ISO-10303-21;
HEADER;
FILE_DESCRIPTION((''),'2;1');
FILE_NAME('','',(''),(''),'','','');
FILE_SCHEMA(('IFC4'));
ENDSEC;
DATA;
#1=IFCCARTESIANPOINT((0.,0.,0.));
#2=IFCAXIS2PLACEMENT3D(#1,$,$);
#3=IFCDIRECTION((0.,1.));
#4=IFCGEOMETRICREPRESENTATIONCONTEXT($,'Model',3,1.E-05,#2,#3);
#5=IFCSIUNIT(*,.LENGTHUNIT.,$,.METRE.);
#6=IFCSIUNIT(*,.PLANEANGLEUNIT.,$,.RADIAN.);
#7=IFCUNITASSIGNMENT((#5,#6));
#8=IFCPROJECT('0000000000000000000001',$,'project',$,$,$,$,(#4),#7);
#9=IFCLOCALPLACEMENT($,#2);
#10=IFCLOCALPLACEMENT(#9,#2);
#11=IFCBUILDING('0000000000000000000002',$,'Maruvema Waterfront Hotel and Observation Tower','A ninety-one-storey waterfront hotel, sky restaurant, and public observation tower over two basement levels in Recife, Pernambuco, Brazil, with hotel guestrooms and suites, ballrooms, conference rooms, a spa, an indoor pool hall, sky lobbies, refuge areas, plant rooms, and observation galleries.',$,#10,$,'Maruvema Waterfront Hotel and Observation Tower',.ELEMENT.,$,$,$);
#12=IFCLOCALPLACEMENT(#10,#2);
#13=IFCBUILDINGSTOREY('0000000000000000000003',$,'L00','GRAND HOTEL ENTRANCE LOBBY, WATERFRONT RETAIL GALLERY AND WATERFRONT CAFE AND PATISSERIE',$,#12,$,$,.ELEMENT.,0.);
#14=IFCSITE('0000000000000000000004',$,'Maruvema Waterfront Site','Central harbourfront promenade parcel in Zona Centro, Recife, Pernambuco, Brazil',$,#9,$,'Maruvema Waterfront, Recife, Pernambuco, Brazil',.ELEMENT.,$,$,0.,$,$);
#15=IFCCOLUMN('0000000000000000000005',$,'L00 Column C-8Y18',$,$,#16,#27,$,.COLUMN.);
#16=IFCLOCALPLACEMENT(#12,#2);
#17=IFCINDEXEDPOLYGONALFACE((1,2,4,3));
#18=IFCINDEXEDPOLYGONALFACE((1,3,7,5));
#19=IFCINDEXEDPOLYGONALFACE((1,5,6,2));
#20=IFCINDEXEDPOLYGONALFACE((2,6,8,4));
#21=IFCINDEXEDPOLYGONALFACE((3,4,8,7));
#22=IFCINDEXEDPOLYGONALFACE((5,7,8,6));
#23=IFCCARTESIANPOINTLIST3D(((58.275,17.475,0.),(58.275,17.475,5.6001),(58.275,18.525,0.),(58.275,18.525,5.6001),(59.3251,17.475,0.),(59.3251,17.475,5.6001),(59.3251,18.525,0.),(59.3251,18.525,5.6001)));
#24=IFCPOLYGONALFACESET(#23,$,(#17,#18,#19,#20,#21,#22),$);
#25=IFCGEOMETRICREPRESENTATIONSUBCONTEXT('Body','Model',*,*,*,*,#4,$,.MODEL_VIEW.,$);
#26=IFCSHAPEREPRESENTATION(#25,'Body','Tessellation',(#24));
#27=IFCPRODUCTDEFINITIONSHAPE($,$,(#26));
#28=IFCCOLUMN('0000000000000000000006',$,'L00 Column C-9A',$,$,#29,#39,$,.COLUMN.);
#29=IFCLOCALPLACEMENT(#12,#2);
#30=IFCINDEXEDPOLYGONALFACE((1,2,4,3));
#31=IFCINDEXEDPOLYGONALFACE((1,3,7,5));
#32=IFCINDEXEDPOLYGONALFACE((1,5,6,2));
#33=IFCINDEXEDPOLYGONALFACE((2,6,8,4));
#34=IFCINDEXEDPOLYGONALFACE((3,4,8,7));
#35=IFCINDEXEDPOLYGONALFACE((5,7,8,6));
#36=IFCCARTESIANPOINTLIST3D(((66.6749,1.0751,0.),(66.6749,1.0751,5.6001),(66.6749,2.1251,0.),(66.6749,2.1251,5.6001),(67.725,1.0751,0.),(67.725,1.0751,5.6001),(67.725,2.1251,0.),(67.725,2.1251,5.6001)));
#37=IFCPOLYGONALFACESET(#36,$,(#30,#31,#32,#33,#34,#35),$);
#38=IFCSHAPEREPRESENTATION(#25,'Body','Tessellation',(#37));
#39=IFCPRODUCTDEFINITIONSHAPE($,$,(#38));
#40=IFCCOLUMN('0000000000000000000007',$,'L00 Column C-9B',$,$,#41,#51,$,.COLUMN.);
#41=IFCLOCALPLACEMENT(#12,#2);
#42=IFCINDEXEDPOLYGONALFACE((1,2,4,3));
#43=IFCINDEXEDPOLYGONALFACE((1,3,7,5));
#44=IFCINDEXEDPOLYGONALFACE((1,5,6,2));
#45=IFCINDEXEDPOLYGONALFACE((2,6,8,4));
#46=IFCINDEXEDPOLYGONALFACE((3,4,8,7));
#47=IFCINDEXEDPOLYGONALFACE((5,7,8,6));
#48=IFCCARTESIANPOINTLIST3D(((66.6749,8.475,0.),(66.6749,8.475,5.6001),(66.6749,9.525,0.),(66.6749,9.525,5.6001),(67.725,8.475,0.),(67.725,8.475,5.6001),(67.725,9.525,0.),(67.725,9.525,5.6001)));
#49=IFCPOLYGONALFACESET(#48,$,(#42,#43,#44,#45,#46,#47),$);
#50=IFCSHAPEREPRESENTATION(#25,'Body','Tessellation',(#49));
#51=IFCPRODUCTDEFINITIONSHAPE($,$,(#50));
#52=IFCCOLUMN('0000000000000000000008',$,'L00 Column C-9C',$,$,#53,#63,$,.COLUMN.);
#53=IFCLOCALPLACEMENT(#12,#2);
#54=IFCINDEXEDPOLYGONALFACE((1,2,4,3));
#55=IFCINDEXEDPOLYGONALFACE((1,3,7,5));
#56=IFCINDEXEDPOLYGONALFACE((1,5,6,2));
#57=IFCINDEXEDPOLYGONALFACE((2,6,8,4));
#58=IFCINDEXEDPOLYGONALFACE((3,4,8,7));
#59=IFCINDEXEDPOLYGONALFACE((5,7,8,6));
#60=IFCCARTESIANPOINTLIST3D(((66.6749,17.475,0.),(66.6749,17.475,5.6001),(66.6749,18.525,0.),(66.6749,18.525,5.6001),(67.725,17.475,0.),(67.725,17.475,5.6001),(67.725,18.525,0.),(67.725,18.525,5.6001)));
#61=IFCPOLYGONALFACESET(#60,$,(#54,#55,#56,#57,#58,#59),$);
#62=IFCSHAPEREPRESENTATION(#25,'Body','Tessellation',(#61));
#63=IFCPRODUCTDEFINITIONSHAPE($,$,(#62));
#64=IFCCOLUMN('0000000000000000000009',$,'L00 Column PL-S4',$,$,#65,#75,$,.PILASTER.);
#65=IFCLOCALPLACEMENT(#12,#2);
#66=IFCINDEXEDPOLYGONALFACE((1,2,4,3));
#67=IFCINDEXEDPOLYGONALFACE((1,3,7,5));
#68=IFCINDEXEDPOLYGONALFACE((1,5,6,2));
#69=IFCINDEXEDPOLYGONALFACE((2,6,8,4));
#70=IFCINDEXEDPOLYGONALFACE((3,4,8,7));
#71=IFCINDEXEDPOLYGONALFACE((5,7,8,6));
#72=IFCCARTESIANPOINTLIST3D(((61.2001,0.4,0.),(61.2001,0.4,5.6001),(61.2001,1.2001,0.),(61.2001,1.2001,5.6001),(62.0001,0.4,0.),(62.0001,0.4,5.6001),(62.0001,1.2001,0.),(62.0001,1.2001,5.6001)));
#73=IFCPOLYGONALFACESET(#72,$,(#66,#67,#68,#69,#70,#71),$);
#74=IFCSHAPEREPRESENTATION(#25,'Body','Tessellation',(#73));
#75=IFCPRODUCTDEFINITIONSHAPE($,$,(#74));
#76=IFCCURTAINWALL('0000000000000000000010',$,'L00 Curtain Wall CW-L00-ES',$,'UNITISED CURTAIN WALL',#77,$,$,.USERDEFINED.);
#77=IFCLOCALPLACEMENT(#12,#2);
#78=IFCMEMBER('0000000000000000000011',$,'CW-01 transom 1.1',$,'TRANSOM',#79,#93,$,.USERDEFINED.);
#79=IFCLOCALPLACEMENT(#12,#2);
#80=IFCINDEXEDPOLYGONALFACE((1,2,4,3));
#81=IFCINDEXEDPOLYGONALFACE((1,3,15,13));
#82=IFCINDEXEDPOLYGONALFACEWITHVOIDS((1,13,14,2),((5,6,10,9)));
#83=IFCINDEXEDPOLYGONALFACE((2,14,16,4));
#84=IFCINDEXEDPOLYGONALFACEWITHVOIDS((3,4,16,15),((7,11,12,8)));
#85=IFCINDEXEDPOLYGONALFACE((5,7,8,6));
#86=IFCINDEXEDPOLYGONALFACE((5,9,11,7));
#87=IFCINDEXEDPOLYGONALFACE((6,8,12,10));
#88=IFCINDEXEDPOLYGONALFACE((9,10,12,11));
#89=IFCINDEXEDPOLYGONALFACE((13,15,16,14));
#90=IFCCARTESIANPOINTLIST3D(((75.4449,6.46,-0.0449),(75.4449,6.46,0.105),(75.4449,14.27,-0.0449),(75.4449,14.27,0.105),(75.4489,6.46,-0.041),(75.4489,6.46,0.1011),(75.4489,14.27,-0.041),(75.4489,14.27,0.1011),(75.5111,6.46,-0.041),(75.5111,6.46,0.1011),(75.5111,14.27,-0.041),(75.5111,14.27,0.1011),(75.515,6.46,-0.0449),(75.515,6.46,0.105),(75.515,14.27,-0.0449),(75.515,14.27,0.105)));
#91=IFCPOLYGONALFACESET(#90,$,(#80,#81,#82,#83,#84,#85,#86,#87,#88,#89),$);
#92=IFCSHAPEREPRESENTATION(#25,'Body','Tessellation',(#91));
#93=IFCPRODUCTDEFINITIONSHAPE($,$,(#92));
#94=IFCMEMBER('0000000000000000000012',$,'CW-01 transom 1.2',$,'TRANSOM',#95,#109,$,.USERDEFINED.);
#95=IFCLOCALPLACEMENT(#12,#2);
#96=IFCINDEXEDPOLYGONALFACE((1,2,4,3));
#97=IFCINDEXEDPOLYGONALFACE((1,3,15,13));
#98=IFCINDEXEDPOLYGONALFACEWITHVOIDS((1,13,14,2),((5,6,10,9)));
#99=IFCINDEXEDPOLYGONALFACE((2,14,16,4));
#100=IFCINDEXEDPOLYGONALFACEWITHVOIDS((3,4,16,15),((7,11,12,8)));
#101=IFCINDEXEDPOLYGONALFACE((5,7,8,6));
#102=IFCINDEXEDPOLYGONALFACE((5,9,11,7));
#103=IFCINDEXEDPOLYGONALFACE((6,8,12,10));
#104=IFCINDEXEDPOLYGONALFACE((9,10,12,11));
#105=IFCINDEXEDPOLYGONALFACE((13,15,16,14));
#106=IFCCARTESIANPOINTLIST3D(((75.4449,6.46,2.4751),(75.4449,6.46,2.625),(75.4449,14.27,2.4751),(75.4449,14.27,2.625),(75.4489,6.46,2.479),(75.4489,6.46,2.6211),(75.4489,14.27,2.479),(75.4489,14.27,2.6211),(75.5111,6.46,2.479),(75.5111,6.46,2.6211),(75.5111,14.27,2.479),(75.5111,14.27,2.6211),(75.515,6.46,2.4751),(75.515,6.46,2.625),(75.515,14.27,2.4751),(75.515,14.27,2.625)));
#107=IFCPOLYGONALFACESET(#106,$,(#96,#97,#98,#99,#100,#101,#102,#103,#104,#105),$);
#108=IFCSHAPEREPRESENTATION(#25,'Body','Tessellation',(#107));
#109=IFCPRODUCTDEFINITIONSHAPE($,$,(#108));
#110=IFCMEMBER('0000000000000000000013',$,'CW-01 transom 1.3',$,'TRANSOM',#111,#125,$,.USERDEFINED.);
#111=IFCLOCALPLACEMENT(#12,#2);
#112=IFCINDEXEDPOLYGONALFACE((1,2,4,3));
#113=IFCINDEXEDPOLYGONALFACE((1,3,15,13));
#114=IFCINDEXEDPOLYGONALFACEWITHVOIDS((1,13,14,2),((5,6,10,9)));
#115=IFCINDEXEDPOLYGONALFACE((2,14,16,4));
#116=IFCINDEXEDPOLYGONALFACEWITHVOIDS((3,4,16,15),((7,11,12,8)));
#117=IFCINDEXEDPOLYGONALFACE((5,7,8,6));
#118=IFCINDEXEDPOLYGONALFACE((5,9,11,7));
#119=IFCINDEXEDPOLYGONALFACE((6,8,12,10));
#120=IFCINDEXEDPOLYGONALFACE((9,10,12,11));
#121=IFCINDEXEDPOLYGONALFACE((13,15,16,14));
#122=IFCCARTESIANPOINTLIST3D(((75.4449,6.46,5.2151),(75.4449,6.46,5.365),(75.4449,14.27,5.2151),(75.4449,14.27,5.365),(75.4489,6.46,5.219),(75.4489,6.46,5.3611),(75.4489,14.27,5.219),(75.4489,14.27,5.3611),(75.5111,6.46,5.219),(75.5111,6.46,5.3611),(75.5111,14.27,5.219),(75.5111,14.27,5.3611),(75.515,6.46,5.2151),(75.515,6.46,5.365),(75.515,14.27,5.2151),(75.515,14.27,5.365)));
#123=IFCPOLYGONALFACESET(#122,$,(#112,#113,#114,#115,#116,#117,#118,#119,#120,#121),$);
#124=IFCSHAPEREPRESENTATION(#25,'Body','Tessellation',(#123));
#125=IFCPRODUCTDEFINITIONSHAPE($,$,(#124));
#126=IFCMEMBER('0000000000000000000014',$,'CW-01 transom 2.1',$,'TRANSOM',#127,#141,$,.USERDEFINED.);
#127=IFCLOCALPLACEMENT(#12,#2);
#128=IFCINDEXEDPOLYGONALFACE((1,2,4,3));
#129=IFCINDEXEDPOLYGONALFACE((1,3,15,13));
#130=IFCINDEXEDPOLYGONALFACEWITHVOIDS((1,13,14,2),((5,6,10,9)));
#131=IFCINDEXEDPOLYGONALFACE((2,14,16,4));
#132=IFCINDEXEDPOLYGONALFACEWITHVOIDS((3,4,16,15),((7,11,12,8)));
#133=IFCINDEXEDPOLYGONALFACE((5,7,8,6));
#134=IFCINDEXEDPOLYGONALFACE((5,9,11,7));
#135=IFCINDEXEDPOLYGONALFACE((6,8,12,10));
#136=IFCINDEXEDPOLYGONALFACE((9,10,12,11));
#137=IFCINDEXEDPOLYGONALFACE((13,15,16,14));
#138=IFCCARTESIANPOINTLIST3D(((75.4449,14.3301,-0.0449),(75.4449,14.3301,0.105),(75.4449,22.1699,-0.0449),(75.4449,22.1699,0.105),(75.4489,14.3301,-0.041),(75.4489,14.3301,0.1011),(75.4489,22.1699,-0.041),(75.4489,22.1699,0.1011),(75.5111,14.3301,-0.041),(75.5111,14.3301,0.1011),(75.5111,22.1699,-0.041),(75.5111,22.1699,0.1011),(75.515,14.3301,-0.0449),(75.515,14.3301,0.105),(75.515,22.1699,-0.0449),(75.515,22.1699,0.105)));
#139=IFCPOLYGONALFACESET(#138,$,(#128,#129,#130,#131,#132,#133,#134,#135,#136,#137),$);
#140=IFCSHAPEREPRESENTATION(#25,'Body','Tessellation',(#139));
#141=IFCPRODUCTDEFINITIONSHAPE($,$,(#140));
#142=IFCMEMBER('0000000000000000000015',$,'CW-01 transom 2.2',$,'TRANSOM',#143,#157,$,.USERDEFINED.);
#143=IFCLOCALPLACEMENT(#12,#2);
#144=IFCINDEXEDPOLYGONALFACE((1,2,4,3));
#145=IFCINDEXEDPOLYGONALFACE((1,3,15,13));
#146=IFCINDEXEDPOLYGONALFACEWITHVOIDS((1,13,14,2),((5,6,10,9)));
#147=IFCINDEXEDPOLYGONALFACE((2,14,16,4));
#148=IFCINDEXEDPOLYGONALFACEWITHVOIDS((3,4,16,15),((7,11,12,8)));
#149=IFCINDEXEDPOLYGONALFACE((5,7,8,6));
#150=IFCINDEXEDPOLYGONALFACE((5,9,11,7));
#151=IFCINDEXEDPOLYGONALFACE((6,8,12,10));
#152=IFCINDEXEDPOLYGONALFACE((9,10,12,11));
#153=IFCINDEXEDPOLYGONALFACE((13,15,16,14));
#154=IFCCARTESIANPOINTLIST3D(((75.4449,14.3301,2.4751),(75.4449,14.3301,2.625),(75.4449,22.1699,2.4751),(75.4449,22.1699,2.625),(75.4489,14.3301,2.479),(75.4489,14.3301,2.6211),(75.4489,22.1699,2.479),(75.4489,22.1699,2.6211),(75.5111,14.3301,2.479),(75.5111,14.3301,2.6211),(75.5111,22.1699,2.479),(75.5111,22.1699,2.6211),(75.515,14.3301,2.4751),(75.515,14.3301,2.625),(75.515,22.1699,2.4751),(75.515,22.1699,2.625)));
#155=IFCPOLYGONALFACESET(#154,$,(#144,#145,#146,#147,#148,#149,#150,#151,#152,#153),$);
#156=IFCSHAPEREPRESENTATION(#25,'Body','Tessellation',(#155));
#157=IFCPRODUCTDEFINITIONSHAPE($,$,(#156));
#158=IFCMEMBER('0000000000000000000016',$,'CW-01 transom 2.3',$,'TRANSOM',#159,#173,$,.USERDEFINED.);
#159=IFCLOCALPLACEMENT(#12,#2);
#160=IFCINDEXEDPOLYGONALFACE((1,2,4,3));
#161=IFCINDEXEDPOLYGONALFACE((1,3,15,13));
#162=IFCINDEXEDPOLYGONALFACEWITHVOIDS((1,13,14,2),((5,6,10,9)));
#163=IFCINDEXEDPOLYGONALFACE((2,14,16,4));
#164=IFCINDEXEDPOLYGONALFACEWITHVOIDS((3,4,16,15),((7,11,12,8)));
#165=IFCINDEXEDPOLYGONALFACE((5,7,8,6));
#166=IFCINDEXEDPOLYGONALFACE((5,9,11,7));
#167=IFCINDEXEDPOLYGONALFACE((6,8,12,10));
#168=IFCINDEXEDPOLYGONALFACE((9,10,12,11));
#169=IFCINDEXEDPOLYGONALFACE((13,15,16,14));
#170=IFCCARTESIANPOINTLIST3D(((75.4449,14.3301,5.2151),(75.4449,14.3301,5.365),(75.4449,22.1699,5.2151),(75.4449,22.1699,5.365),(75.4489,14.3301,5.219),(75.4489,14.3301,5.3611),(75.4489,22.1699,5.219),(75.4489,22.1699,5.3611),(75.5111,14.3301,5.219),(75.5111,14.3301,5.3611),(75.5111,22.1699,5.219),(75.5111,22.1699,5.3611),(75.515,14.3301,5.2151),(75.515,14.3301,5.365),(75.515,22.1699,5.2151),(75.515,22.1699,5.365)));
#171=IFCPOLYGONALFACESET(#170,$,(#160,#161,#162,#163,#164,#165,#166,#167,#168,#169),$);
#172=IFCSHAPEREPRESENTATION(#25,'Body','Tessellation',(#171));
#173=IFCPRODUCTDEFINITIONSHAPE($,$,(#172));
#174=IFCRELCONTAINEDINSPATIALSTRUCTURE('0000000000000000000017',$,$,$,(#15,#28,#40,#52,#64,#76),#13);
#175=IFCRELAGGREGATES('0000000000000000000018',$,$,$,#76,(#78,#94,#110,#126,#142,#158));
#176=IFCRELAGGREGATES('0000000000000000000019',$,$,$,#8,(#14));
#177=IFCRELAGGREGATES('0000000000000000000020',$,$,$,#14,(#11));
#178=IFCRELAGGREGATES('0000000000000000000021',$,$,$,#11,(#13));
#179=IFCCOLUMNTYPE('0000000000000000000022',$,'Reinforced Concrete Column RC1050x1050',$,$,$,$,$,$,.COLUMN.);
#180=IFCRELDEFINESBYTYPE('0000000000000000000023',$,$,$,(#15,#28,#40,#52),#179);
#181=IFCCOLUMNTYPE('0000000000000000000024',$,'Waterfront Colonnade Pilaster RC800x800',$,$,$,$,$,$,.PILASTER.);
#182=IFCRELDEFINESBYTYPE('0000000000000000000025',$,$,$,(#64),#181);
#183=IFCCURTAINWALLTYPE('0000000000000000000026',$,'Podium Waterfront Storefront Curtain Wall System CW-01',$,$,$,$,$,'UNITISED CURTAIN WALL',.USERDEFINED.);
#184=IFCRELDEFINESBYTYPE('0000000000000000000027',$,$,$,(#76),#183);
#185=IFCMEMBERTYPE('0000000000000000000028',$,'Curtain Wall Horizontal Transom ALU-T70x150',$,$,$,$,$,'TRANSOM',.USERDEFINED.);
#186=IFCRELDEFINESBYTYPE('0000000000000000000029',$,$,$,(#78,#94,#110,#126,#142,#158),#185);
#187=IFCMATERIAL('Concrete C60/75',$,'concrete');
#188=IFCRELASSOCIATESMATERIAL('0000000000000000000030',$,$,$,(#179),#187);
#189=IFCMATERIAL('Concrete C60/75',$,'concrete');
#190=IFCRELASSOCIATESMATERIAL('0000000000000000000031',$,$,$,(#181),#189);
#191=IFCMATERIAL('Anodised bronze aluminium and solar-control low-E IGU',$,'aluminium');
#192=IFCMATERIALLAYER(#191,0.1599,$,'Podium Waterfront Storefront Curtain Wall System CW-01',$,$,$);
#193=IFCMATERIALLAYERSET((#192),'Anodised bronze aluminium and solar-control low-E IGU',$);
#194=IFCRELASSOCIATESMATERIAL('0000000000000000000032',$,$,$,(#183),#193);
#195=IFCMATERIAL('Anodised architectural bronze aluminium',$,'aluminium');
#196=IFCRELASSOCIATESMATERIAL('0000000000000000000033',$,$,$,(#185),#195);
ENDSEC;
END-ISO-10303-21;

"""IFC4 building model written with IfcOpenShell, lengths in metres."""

from ifc_helpers import new_model, si_unit, direction, frame, origin, origin_2d, place, context, subcontext, project, spatial, rectangle, hollow_rectangle, extrude, material, layer, layer_set, material_profile, profile_set, type_object, element, aggregate, save


model = new_model("IFC4")

# Units and contexts
model_context = context("Model", 3, precision=1e-05, world=origin(), true_north=direction((0.0, 1.0)))
body_context = subcontext(model_context, "Body", "Model", "MODEL_VIEW")
ifc_project = project(units=[si_unit("LENGTHUNIT", "METRE"), si_unit("PLANEANGLEUNIT", "RADIAN")], contexts=[model_context])

# Site, building, storey
site_placement = place(None, origin())
site = spatial("IfcSite", under=ifc_project, at=site_placement, Name="Maruvema Waterfront Site", Description="Central harbourfront promenade parcel in Zona Centro, Recife, Pernambuco, Brazil", LongName="Maruvema Waterfront, Recife, Pernambuco, Brazil", CompositionType="ELEMENT", RefElevation=0.0)
building_placement = place(site_placement, origin())
building = spatial("IfcBuilding", under=site, at=building_placement, Name="Maruvema Waterfront Hotel and Observation Tower", Description="A ninety-one-storey waterfront hotel, sky restaurant, and public observation tower over two basement levels in Recife, Pernambuco, Brazil, with hotel guestrooms and suites, ballrooms, conference rooms, a spa, an indoor pool hall, sky lobbies, refuge areas, plant rooms, and observation galleries.", LongName="Maruvema Waterfront Hotel and Observation Tower", CompositionType="ELEMENT")
storey_placement = place(building_placement, origin())
storey = spatial("IfcBuildingStorey", under=building, at=storey_placement, Name="L00", Description="GRAND HOTEL ENTRANCE LOBBY, WATERFRONT RETAIL GALLERY AND WATERFRONT CAFE AND PATISSERIE", CompositionType="ELEMENT", Elevation=0.0)

# Columns
ifc_material_1 = material(Name="Concrete C60/75", Category="concrete")
ifc_material_profile_1 = material_profile(ifc_material_1, rectangle(XDim=1.05, YDim=1.05, at=origin_2d()), Name="RC1050x1050")
ifc_profile_set_1 = profile_set([ifc_material_profile_1], Name="Concrete C60/75")
column_type_1 = type_object("IfcColumnType", Name="Reinforced Concrete Column RC1050x1050", PredefinedType="COLUMN", material=ifc_profile_set_1)
for number, where, z_axis, x_axis, name in (
    (1, (58.8, 18.0, 0.0), (0.0, 0.0, 1.0), (1.0, 0.0, 0.0), "L00 Column C-8Y18"),
    (2, (67.2, 1.6001, 0.0), (0.0, 0.0, 1.0), (1.0, 0.0, 0.0), "L00 Column C-9A"),
    (3, (67.2, 9.0, 0.0), (0.0, 0.0, 1.0), (1.0, 0.0, 0.0), "L00 Column C-9B"),
    (4, (67.2, 18.0, 0.0), (0.0, 0.0, 1.0), (1.0, 0.0, 0.0), "L00 Column C-9C"),
):
    element("IfcColumn", number, at=place(storey_placement, frame(where, z_axis=z_axis, x_axis=x_axis)), inside=storey, type_object=column_type_1, Name=name, PredefinedType="COLUMN", context=body_context, shape_type="SweptSolid", body=[
        extrude(rectangle(XDim=1.05, YDim=1.05, at=origin_2d()), origin(), (0.0, 0.0, 1.0), 5.6001),
    ])
ifc_material_2 = material(Name="Concrete C60/75", Category="concrete")
ifc_material_profile_2 = material_profile(ifc_material_2, rectangle(XDim=0.8, YDim=0.8, at=origin_2d()), Name="RC800x800")
ifc_profile_set_2 = profile_set([ifc_material_profile_2], Name="Concrete C60/75")
column_type_2 = type_object("IfcColumnType", Name="Waterfront Colonnade Pilaster RC800x800", PredefinedType="PILASTER", material=ifc_profile_set_2)
column_placement = place(storey_placement, frame((61.6001, 0.8, 0.0), z_axis=(0.0, 0.0, 1.0), x_axis=(1.0, 0.0, 0.0)))
element("IfcColumn", 5, at=column_placement, inside=storey, type_object=column_type_2, Name="L00 Column PL-S4", PredefinedType="PILASTER", context=body_context, shape_type="SweptSolid", body=[
    extrude(rectangle(XDim=0.8, YDim=0.8, at=origin_2d()), origin(), (0.0, 0.0, 1.0), 5.6001),
])

# Curtain wall, members
ifc_material_3 = material(Name="Anodised bronze aluminium and solar-control low-E IGU", Category="aluminium")
ifc_layer_1 = layer(ifc_material_3, 0.1599, Name="Podium Waterfront Storefront Curtain Wall System CW-01")
ifc_layer_set_1 = layer_set([ifc_layer_1], Name="Anodised bronze aluminium and solar-control low-E IGU")
curtain_wall_type = type_object("IfcCurtainWallType", Name="Podium Waterfront Storefront Curtain Wall System CW-01", ElementType="UNITISED CURTAIN WALL", PredefinedType="USERDEFINED", material=ifc_layer_set_1)
curtain_wall_placement = place(storey_placement, origin())
curtain_wall = element("IfcCurtainWall", 6, at=curtain_wall_placement, inside=storey, type_object=curtain_wall_type, Name="L00 Curtain Wall CW-L00-ES", ObjectType="UNITISED CURTAIN WALL", PredefinedType="USERDEFINED")
ifc_material_4 = material(Name="Anodised architectural bronze aluminium", Category="aluminium")
ifc_material_profile_3 = material_profile(ifc_material_4, hollow_rectangle(XDim=0.0701, YDim=0.1499, WallThickness=0.0039, at=origin_2d()), Name="ALU-T70x150")
ifc_profile_set_3 = profile_set([ifc_material_profile_3], Name="Anodised architectural bronze aluminium")
member_type_1 = type_object("IfcMemberType", Name="Curtain Wall Horizontal Transom ALU-T70x150", ElementType="TRANSOM", PredefinedType="USERDEFINED", material=ifc_profile_set_3)
member_1_placement = place(storey_placement, frame((75.48, 6.46, 0.03), z_axis=(0.0, 1.0, 0.0), x_axis=(-1.0, 0.0, 0.0)))
member_1 = element("IfcMember", 7, at=member_1_placement, type_object=member_type_1, Name="CW-01 transom 1.1", ObjectType="TRANSOM", PredefinedType="USERDEFINED", context=body_context, shape_type="SweptSolid", body=[
    extrude(hollow_rectangle(XDim=0.0701, YDim=0.1499, WallThickness=0.0039, at=origin_2d()), origin(), (0.0, 0.0, 1.0), 7.8101),
])
member_2_placement = place(storey_placement, frame((75.48, 6.46, 2.55), z_axis=(0.0, 1.0, 0.0), x_axis=(-1.0, 0.0, 0.0)))
member_2 = element("IfcMember", 8, at=member_2_placement, type_object=member_type_1, Name="CW-01 transom 1.2", ObjectType="TRANSOM", PredefinedType="USERDEFINED", context=body_context, shape_type="SweptSolid", body=[
    extrude(hollow_rectangle(XDim=0.0701, YDim=0.1499, WallThickness=0.0039, at=origin_2d()), origin(), (0.0, 0.0, 1.0), 7.8101),
])
member_3_placement = place(storey_placement, frame((75.48, 6.46, 5.29), z_axis=(0.0, 1.0, 0.0), x_axis=(-1.0, 0.0, 0.0)))
member_3 = element("IfcMember", 9, at=member_3_placement, type_object=member_type_1, Name="CW-01 transom 1.3", ObjectType="TRANSOM", PredefinedType="USERDEFINED", context=body_context, shape_type="SweptSolid", body=[
    extrude(hollow_rectangle(XDim=0.0701, YDim=0.1499, WallThickness=0.0039, at=origin_2d()), origin(), (0.0, 0.0, 1.0), 7.8101),
])
member_4_placement = place(storey_placement, frame((75.48, 14.3301, 0.03), z_axis=(0.0, 1.0, 0.0), x_axis=(-1.0, 0.0, 0.0)))
member_4 = element("IfcMember", 10, at=member_4_placement, type_object=member_type_1, Name="CW-01 transom 2.1", ObjectType="TRANSOM", PredefinedType="USERDEFINED", context=body_context, shape_type="SweptSolid", body=[
    extrude(hollow_rectangle(XDim=0.0701, YDim=0.1499, WallThickness=0.0039, at=origin_2d()), origin(), (0.0, 0.0, 1.0), 7.8398),
])
member_5_placement = place(storey_placement, frame((75.48, 14.3301, 2.55), z_axis=(0.0, 1.0, 0.0), x_axis=(-1.0, 0.0, 0.0)))
member_5 = element("IfcMember", 11, at=member_5_placement, type_object=member_type_1, Name="CW-01 transom 2.2", ObjectType="TRANSOM", PredefinedType="USERDEFINED", context=body_context, shape_type="SweptSolid", body=[
    extrude(hollow_rectangle(XDim=0.0701, YDim=0.1499, WallThickness=0.0039, at=origin_2d()), origin(), (0.0, 0.0, 1.0), 7.8398),
])
member_6_placement = place(storey_placement, frame((75.48, 14.3301, 5.29), z_axis=(0.0, 1.0, 0.0), x_axis=(-1.0, 0.0, 0.0)))
member_6 = element("IfcMember", 12, at=member_6_placement, type_object=member_type_1, Name="CW-01 transom 2.3", ObjectType="TRANSOM", PredefinedType="USERDEFINED", context=body_context, shape_type="SweptSolid", body=[
    extrude(hollow_rectangle(XDim=0.0701, YDim=0.1499, WallThickness=0.0039, at=origin_2d()), origin(), (0.0, 0.0, 1.0), 7.8398),
])

aggregate(curtain_wall, [member_1, member_2, member_3, member_4, member_5, member_6])

save(model, "model.ifc")
